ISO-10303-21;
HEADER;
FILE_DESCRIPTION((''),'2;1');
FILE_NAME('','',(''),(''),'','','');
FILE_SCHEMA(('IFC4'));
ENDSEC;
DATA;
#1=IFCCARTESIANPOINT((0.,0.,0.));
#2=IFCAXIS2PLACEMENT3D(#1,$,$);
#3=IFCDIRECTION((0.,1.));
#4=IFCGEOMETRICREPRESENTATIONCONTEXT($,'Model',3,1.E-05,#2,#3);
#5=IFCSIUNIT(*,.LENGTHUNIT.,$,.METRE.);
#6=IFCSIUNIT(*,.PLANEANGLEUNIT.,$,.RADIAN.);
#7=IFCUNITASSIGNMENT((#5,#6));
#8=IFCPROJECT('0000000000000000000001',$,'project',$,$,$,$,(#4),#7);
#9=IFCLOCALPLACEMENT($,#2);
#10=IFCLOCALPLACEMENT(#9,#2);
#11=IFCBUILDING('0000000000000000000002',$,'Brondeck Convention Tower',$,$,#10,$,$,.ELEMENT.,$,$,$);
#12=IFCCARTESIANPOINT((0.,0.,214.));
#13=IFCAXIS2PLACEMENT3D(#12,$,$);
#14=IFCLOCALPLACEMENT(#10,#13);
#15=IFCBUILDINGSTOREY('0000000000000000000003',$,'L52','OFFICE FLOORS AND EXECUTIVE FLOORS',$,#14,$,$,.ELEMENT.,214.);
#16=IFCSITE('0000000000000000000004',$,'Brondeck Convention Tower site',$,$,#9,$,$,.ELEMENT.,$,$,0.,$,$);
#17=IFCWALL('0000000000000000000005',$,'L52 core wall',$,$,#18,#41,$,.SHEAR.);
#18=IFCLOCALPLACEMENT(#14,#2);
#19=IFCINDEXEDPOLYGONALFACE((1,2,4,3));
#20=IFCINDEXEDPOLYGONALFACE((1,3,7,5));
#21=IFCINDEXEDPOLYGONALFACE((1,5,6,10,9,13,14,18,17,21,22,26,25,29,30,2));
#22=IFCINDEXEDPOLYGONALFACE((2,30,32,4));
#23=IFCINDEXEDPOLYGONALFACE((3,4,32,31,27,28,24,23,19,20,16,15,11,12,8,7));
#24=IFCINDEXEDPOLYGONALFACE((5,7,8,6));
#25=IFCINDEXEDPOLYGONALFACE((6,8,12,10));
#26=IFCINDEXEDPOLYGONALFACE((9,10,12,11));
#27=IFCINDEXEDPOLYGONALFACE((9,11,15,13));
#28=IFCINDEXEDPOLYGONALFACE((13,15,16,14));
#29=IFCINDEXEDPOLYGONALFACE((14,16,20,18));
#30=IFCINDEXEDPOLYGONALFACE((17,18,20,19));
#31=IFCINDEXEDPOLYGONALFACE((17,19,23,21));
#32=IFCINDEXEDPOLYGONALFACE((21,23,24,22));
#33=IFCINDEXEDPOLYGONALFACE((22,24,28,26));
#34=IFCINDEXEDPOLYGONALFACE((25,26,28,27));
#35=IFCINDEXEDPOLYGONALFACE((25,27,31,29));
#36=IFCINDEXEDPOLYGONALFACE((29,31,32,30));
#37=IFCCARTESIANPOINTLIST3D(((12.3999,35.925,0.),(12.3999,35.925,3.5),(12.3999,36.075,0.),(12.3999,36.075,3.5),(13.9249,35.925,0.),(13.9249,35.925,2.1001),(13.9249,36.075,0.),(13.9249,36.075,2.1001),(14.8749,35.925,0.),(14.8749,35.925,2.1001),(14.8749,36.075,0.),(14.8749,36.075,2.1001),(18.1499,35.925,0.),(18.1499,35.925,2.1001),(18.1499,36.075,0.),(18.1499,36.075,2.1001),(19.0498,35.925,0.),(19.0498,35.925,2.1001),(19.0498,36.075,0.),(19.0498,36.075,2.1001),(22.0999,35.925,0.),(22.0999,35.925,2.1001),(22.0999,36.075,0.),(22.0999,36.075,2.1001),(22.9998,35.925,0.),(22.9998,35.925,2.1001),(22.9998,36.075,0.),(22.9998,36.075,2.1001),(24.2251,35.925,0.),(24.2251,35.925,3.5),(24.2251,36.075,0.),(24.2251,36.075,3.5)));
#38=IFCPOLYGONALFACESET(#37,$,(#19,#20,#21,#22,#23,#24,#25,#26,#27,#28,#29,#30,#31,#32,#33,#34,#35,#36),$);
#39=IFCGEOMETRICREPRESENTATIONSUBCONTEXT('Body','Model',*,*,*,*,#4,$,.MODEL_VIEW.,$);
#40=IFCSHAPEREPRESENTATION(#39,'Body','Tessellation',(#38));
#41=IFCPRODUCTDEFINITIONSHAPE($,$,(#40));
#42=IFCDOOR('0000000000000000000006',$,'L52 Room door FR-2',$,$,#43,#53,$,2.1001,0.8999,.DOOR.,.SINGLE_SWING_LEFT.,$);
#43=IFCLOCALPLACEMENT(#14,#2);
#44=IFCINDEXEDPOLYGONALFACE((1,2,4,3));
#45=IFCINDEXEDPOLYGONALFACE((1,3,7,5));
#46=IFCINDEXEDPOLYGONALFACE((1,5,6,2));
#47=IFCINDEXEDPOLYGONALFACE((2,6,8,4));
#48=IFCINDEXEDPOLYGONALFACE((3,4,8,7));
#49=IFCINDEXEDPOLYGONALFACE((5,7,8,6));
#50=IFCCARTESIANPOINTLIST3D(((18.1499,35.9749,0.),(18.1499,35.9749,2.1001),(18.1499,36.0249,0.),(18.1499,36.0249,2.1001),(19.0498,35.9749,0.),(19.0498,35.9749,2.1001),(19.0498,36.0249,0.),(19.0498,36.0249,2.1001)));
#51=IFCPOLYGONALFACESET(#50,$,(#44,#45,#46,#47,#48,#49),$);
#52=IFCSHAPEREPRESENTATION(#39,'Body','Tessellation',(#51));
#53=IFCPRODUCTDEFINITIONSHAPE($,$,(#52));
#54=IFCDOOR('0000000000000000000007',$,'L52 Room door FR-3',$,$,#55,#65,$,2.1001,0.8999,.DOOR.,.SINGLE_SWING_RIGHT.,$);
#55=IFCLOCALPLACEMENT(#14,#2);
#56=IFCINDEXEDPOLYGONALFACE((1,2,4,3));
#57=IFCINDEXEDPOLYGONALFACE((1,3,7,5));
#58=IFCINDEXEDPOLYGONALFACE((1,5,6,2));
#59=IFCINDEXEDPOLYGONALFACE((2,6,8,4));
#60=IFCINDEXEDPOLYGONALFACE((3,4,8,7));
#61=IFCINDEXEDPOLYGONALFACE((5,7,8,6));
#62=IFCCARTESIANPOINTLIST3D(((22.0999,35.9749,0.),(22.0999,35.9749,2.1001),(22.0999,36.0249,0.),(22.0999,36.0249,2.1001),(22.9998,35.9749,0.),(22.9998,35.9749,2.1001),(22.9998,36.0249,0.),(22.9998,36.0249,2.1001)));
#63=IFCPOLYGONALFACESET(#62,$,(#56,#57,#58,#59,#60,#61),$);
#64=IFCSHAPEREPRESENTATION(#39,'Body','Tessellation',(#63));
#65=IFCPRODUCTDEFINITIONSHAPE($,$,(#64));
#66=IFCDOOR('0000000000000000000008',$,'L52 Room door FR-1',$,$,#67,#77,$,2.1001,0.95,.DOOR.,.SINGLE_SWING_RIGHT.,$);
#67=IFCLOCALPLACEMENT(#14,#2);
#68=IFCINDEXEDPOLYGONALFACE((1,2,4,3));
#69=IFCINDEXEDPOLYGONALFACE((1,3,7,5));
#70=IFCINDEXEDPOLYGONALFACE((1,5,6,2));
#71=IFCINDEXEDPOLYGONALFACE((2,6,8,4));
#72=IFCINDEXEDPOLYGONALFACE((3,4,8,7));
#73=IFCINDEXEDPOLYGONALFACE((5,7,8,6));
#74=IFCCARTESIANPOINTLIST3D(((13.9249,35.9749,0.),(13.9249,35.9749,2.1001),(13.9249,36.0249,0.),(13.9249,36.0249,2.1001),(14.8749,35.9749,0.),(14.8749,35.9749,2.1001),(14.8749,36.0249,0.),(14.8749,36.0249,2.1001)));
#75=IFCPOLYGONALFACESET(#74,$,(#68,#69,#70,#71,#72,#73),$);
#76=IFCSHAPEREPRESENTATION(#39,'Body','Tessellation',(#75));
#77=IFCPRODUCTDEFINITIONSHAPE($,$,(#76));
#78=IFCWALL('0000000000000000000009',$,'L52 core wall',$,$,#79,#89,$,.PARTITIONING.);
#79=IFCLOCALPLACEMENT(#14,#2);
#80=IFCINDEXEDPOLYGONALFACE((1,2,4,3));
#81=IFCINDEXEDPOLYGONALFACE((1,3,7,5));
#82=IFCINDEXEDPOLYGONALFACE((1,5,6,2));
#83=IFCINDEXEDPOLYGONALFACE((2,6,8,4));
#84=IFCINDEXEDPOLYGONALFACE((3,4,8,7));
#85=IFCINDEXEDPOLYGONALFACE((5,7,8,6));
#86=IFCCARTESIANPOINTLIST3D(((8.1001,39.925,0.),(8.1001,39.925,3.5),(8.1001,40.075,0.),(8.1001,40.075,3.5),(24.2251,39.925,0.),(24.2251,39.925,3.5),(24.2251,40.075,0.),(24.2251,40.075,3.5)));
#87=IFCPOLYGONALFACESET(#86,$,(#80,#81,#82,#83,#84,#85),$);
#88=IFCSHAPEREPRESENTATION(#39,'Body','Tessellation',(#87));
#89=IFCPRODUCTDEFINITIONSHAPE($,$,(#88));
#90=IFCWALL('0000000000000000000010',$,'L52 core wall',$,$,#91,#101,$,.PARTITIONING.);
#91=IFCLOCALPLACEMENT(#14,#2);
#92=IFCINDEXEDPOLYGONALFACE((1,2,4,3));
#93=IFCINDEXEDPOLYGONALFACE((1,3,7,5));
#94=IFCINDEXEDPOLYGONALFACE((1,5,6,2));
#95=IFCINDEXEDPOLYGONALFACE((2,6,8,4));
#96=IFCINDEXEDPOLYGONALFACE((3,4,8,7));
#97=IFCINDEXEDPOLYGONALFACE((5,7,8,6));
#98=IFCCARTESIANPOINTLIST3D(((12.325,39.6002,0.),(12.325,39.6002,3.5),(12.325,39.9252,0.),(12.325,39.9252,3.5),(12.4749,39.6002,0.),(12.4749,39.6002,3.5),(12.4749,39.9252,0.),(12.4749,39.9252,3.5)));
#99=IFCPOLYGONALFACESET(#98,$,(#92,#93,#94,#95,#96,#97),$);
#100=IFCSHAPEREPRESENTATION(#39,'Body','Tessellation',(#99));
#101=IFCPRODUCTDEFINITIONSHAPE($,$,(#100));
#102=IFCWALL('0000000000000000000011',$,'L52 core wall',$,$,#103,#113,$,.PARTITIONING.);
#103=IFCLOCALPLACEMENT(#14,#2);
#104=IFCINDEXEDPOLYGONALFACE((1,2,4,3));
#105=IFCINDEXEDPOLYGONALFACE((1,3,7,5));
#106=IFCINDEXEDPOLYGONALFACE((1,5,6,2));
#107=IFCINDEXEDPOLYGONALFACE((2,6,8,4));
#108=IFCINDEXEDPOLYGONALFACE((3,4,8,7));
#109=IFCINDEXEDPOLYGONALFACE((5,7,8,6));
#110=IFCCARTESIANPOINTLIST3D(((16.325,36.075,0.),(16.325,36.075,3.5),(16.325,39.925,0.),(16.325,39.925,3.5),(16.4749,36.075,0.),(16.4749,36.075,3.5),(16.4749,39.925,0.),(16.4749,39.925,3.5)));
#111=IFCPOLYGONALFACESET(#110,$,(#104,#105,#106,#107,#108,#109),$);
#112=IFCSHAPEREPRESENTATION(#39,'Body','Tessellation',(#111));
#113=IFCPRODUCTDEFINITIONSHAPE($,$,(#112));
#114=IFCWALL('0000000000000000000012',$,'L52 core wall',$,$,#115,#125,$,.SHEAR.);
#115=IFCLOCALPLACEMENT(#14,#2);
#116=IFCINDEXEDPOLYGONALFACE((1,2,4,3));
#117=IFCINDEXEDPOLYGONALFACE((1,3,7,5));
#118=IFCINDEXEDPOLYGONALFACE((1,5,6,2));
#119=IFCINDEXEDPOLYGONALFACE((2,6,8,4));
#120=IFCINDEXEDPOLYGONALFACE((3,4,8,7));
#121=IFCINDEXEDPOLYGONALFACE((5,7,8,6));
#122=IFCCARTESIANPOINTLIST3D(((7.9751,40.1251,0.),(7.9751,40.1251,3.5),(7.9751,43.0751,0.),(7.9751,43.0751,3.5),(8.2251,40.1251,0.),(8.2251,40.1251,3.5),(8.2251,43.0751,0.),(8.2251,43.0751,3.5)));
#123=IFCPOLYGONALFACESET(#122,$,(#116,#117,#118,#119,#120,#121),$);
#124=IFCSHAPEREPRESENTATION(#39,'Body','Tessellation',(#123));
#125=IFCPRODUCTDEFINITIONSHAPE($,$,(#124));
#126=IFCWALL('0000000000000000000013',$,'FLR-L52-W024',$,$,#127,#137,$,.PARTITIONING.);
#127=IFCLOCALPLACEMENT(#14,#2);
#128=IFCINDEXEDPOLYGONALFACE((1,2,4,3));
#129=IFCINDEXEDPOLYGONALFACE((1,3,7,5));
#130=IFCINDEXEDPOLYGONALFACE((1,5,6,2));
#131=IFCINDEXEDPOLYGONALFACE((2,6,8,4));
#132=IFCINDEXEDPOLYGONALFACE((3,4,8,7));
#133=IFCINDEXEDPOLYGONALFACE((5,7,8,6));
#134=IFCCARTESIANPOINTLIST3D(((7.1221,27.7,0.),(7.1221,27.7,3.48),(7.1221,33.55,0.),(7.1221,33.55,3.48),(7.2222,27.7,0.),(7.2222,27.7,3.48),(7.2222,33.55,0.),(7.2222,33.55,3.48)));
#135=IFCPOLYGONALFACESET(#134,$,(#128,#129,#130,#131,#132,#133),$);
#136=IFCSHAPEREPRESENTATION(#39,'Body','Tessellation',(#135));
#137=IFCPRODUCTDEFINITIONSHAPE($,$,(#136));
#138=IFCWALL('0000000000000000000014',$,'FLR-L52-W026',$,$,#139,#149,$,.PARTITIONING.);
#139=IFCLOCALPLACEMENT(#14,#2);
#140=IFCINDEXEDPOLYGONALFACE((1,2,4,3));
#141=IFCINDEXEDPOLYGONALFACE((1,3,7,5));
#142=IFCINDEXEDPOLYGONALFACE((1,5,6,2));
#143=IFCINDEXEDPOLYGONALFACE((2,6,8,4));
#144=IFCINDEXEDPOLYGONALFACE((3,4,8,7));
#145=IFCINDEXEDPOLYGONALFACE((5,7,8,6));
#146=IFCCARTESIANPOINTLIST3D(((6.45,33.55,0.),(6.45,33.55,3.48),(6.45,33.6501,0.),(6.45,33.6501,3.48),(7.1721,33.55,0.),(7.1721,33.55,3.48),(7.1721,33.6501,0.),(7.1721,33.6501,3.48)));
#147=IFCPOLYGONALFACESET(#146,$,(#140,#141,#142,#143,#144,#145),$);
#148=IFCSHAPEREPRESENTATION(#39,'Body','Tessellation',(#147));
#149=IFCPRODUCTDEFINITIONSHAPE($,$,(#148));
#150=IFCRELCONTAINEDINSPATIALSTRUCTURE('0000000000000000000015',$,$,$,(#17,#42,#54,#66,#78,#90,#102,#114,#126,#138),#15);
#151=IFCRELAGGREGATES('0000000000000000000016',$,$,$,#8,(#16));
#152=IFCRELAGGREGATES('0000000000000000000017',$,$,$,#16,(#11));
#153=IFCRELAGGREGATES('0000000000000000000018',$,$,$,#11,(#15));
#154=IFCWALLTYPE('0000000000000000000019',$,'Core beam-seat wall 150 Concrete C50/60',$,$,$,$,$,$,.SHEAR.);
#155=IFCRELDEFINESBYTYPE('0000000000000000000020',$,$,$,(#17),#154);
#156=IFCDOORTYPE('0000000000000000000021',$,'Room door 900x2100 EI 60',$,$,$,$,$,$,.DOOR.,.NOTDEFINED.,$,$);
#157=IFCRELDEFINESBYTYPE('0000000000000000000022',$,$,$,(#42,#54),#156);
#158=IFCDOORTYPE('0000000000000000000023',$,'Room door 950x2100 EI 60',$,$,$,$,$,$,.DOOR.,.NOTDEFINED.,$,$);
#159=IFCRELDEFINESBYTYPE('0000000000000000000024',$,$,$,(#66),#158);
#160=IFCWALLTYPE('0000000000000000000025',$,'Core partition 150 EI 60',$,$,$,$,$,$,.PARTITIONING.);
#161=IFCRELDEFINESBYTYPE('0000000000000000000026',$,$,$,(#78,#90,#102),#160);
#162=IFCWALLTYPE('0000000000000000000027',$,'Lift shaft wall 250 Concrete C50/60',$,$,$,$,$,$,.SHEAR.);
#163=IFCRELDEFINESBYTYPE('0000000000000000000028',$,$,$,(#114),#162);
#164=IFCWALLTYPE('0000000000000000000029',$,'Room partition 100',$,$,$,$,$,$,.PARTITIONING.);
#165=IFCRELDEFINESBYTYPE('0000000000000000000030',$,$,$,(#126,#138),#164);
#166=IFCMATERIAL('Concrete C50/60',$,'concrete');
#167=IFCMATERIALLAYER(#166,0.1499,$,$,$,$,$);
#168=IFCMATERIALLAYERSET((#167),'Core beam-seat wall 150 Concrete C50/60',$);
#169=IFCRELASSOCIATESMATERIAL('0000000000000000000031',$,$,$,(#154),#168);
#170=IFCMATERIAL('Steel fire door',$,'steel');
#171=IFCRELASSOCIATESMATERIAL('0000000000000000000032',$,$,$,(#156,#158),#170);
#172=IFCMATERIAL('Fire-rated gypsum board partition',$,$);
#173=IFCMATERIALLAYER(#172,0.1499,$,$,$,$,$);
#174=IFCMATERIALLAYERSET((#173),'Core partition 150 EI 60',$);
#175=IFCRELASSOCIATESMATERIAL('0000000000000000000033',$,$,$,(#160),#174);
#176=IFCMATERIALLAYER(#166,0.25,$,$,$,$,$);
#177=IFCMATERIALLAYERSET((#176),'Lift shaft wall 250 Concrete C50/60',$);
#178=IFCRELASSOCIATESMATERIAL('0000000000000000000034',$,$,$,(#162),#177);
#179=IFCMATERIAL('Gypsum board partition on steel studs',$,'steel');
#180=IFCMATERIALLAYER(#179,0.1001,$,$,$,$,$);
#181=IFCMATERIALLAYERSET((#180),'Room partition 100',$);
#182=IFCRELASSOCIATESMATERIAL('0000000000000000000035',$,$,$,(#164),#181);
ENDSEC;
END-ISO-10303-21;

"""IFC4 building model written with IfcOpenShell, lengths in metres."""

from ifc_helpers import new_model, si_unit, direction, frame, frame_2d, origin, place, context, subcontext, project, spatial, rectangle, extrude, material, layer, layer_set, type_object, element, fill, save


model = new_model("IFC4")

# Units and contexts
model_context = context("Model", 3, precision=1e-05, world=origin(), true_north=direction((0.0, 1.0)))
body_context = subcontext(model_context, "Body", "Model", "MODEL_VIEW")
ifc_project = project(units=[si_unit("LENGTHUNIT", "METRE"), si_unit("PLANEANGLEUNIT", "RADIAN")], contexts=[model_context])

# Site, building, storey
site_placement = place(None, origin())
site = spatial("IfcSite", under=ifc_project, at=site_placement, Name="Brondeck Convention Tower site", CompositionType="ELEMENT", RefElevation=0.0)
building_placement = place(site_placement, origin())
building = spatial("IfcBuilding", under=site, at=building_placement, Name="Brondeck Convention Tower", CompositionType="ELEMENT")
storey_placement = place(building_placement, frame((0.0, 0.0, 214.0)))
storey = spatial("IfcBuildingStorey", under=building, at=storey_placement, Name="L52", Description="OFFICE FLOORS AND EXECUTIVE FLOORS", CompositionType="ELEMENT", Elevation=214.0)

# Shared definitions
ifc_material_1 = material(Name="Concrete C50/60", Category="concrete")

# Wall, openings, doors
ifc_layer_1 = layer(ifc_material_1, 0.1499)
ifc_layer_set_1 = layer_set([ifc_layer_1], Name="Core beam-seat wall 150 Concrete C50/60")
wall_type_1 = type_object("IfcWallType", Name="Core beam-seat wall 150 Concrete C50/60", PredefinedType="SHEAR", material=ifc_layer_set_1)
wall_1_placement = place(storey_placement, frame((12.3999, 36.0, 0.0), z_axis=(0.0, 0.0, 1.0), x_axis=(1.0, 0.0, 0.0)))
wall_1 = element("IfcWall", 1, at=wall_1_placement, inside=storey, type_object=wall_type_1, Name="L52 core wall", PredefinedType="SHEAR", context=body_context, shape_type="SweptSolid", body=[
    extrude(rectangle(XDim=11.8252, YDim=0.1499, at=frame_2d((5.9126, 0.0))), origin(), (0.0, 0.0, 1.0), 3.5),
])
opening_1_placement = place(wall_1_placement, frame((1.5249, 0.0, 0.0)))
opening_1 = element("IfcOpeningElement", 2, at=opening_1_placement, cuts=wall_1, PredefinedType="OPENING", context=body_context, shape_type="SweptSolid", body=[
    extrude(rectangle(XDim=0.95, YDim=2.1001, at=frame_2d((0.4751, 1.05))), frame((0.0, 0.085, 0.0), z_axis=(0.0, -1.0, 0.0), x_axis=(1.0, 0.0, 0.0)), (0.0, 0.0, 1.0), 0.1699),
])
opening_2_placement = place(wall_1_placement, frame((5.75, 0.0, 0.0)))
opening_2 = element("IfcOpeningElement", 3, at=opening_2_placement, cuts=wall_1, PredefinedType="OPENING", context=body_context, shape_type="SweptSolid", body=[
    extrude(rectangle(XDim=0.8999, YDim=2.1001, at=frame_2d((0.45, 1.05))), frame((0.0, 0.085, 0.0), z_axis=(0.0, -1.0, 0.0), x_axis=(1.0, 0.0, 0.0)), (0.0, 0.0, 1.0), 0.1699),
])
opening_3_placement = place(wall_1_placement, frame((9.7, 0.0, 0.0)))
opening_3 = element("IfcOpeningElement", 4, at=opening_3_placement, cuts=wall_1, PredefinedType="OPENING", context=body_context, shape_type="SweptSolid", body=[
    extrude(rectangle(XDim=0.8999, YDim=2.1001, at=frame_2d((0.45, 1.05))), frame((0.0, 0.085, 0.0), z_axis=(0.0, -1.0, 0.0), x_axis=(1.0, 0.0, 0.0)), (0.0, 0.0, 1.0), 0.1699),
])
ifc_material_2 = material(Name="Steel fire door", Category="steel")
door_type_1 = type_object("IfcDoorType", Name="Room door 900x2100 EI 60", OperationType="NOTDEFINED", PredefinedType="DOOR", material=ifc_material_2)
door_1_placement = place(opening_2_placement, origin())
door_1 = element("IfcDoor", 5, at=door_1_placement, inside=storey, type_object=door_type_1, Name="L52 Room door FR-2", OperationType="SINGLE_SWING_LEFT", OverallHeight=2.1001, OverallWidth=0.8999, PredefinedType="DOOR", context=body_context, shape_type="SweptSolid", body=[
    extrude(rectangle(XDim=0.8999, YDim=2.1001, at=frame_2d((0.45, 1.05))), frame((0.0, 0.0249, 0.0), z_axis=(0.0, -1.0, 0.0), x_axis=(1.0, 0.0, 0.0)), (0.0, 0.0, 1.0), 0.05),
])
fill(opening_2, door_1)
door_2_placement = place(opening_3_placement, origin())
door_2 = element("IfcDoor", 6, at=door_2_placement, inside=storey, type_object=door_type_1, Name="L52 Room door FR-3", OperationType="SINGLE_SWING_RIGHT", OverallHeight=2.1001, OverallWidth=0.8999, PredefinedType="DOOR", context=body_context, shape_type="SweptSolid", body=[
    extrude(rectangle(XDim=0.8999, YDim=2.1001, at=frame_2d((0.45, 1.05))), frame((0.0, 0.0249, 0.0), z_axis=(0.0, -1.0, 0.0), x_axis=(1.0, 0.0, 0.0)), (0.0, 0.0, 1.0), 0.05),
])
fill(opening_3, door_2)
door_type_2 = type_object("IfcDoorType", Name="Room door 950x2100 EI 60", OperationType="NOTDEFINED", PredefinedType="DOOR", material=ifc_material_2)
door_3_placement = place(opening_1_placement, origin())
door_3 = element("IfcDoor", 7, at=door_3_placement, inside=storey, type_object=door_type_2, Name="L52 Room door FR-1", OperationType="SINGLE_SWING_RIGHT", OverallHeight=2.1001, OverallWidth=0.95, PredefinedType="DOOR", context=body_context, shape_type="SweptSolid", body=[
    extrude(rectangle(XDim=0.95, YDim=2.1001, at=frame_2d((0.4751, 1.05))), frame((0.0, 0.0249, 0.0), z_axis=(0.0, -1.0, 0.0), x_axis=(1.0, 0.0, 0.0)), (0.0, 0.0, 1.0), 0.05),
])
fill(opening_1, door_3)

# Walls
ifc_material_3 = material(Name="Fire-rated gypsum board partition")
ifc_layer_2 = layer(ifc_material_3, 0.1499)
ifc_layer_set_2 = layer_set([ifc_layer_2], Name="Core partition 150 EI 60")
wall_type_2 = type_object("IfcWallType", Name="Core partition 150 EI 60", PredefinedType="PARTITIONING", material=ifc_layer_set_2)
wall_2_placement = place(storey_placement, frame((8.1001, 40.0, 0.0), z_axis=(0.0, 0.0, 1.0), x_axis=(1.0, 0.0, 0.0)))
element("IfcWall", 8, at=wall_2_placement, inside=storey, type_object=wall_type_2, Name="L52 core wall", PredefinedType="PARTITIONING", context=body_context, shape_type="SweptSolid", body=[
    extrude(rectangle(XDim=16.125, YDim=0.1499, at=frame_2d((8.0625, 0.0))), origin(), (0.0, 0.0, 1.0), 3.5),
])
wall_3_placement = place(storey_placement, frame((12.3999, 39.6001, 0.0), z_axis=(0.0, 0.0, 1.0), x_axis=(0.0, 1.0, 0.0)))
element("IfcWall", 9, at=wall_3_placement, inside=storey, type_object=wall_type_2, Name="L52 core wall", PredefinedType="PARTITIONING", context=body_context, shape_type="SweptSolid", body=[
    extrude(rectangle(XDim=0.325, YDim=0.1499, at=frame_2d((0.1626, 0.0))), origin(), (0.0, 0.0, 1.0), 3.5),
])
wall_4_placement = place(storey_placement, frame((16.3999, 36.075, 0.0), z_axis=(0.0, 0.0, 1.0), x_axis=(0.0, 1.0, 0.0)))
element("IfcWall", 10, at=wall_4_placement, inside=storey, type_object=wall_type_2, Name="L52 core wall", PredefinedType="PARTITIONING", context=body_context, shape_type="SweptSolid", body=[
    extrude(rectangle(XDim=3.8501, YDim=0.1499, at=frame_2d((1.925, 0.0))), origin(), (0.0, 0.0, 1.0), 3.5),
])
ifc_layer_3 = layer(ifc_material_1, 0.25)
ifc_layer_set_3 = layer_set([ifc_layer_3], Name="Lift shaft wall 250 Concrete C50/60")
wall_type_3 = type_object("IfcWallType", Name="Lift shaft wall 250 Concrete C50/60", PredefinedType="SHEAR", material=ifc_layer_set_3)
wall_5_placement = place(storey_placement, frame((8.1001, 40.125, 0.0), z_axis=(0.0, 0.0, 1.0), x_axis=(0.0, 1.0, 0.0)))
element("IfcWall", 11, at=wall_5_placement, inside=storey, type_object=wall_type_3, Name="L52 core wall", PredefinedType="SHEAR", context=body_context, shape_type="SweptSolid", body=[
    extrude(rectangle(XDim=2.95, YDim=0.25, at=frame_2d((1.4751, 0.0))), origin(), (0.0, 0.0, 1.0), 3.5),
])
ifc_material_4 = material(Name="Gypsum board partition on steel studs", Category="steel")
ifc_layer_4 = layer(ifc_material_4, 0.1001)
ifc_layer_set_4 = layer_set([ifc_layer_4], Name="Room partition 100")
wall_type_4 = type_object("IfcWallType", Name="Room partition 100", PredefinedType="PARTITIONING", material=ifc_layer_set_4)
wall_6_placement = place(storey_placement, frame((7.1721, 33.55, 0.0), z_axis=(0.0, 0.0, 1.0), x_axis=(0.0, -1.0, 0.0)))
element("IfcWall", 12, at=wall_6_placement, inside=storey, type_object=wall_type_4, Name="FLR-L52-W024", PredefinedType="PARTITIONING", context=body_context, shape_type="SweptSolid", body=[
    extrude(rectangle(XDim=5.8501, YDim=0.1001, at=frame_2d((2.925, 0.0))), origin(), (0.0, 0.0, 1.0), 3.48),
])
wall_7_placement = place(storey_placement, frame((7.1721, 33.6001, 0.0), z_axis=(0.0, 0.0, 1.0), x_axis=(-1.0, 0.0, 0.0)))
element("IfcWall", 13, at=wall_7_placement, inside=storey, type_object=wall_type_4, Name="FLR-L52-W026", PredefinedType="PARTITIONING", context=body_context, shape_type="SweptSolid", body=[
    extrude(rectangle(XDim=0.7222, YDim=0.1001, at=frame_2d((0.3611, 0.0))), origin(), (0.0, 0.0, 1.0), 3.48),
])

save(model, "model.ifc")
